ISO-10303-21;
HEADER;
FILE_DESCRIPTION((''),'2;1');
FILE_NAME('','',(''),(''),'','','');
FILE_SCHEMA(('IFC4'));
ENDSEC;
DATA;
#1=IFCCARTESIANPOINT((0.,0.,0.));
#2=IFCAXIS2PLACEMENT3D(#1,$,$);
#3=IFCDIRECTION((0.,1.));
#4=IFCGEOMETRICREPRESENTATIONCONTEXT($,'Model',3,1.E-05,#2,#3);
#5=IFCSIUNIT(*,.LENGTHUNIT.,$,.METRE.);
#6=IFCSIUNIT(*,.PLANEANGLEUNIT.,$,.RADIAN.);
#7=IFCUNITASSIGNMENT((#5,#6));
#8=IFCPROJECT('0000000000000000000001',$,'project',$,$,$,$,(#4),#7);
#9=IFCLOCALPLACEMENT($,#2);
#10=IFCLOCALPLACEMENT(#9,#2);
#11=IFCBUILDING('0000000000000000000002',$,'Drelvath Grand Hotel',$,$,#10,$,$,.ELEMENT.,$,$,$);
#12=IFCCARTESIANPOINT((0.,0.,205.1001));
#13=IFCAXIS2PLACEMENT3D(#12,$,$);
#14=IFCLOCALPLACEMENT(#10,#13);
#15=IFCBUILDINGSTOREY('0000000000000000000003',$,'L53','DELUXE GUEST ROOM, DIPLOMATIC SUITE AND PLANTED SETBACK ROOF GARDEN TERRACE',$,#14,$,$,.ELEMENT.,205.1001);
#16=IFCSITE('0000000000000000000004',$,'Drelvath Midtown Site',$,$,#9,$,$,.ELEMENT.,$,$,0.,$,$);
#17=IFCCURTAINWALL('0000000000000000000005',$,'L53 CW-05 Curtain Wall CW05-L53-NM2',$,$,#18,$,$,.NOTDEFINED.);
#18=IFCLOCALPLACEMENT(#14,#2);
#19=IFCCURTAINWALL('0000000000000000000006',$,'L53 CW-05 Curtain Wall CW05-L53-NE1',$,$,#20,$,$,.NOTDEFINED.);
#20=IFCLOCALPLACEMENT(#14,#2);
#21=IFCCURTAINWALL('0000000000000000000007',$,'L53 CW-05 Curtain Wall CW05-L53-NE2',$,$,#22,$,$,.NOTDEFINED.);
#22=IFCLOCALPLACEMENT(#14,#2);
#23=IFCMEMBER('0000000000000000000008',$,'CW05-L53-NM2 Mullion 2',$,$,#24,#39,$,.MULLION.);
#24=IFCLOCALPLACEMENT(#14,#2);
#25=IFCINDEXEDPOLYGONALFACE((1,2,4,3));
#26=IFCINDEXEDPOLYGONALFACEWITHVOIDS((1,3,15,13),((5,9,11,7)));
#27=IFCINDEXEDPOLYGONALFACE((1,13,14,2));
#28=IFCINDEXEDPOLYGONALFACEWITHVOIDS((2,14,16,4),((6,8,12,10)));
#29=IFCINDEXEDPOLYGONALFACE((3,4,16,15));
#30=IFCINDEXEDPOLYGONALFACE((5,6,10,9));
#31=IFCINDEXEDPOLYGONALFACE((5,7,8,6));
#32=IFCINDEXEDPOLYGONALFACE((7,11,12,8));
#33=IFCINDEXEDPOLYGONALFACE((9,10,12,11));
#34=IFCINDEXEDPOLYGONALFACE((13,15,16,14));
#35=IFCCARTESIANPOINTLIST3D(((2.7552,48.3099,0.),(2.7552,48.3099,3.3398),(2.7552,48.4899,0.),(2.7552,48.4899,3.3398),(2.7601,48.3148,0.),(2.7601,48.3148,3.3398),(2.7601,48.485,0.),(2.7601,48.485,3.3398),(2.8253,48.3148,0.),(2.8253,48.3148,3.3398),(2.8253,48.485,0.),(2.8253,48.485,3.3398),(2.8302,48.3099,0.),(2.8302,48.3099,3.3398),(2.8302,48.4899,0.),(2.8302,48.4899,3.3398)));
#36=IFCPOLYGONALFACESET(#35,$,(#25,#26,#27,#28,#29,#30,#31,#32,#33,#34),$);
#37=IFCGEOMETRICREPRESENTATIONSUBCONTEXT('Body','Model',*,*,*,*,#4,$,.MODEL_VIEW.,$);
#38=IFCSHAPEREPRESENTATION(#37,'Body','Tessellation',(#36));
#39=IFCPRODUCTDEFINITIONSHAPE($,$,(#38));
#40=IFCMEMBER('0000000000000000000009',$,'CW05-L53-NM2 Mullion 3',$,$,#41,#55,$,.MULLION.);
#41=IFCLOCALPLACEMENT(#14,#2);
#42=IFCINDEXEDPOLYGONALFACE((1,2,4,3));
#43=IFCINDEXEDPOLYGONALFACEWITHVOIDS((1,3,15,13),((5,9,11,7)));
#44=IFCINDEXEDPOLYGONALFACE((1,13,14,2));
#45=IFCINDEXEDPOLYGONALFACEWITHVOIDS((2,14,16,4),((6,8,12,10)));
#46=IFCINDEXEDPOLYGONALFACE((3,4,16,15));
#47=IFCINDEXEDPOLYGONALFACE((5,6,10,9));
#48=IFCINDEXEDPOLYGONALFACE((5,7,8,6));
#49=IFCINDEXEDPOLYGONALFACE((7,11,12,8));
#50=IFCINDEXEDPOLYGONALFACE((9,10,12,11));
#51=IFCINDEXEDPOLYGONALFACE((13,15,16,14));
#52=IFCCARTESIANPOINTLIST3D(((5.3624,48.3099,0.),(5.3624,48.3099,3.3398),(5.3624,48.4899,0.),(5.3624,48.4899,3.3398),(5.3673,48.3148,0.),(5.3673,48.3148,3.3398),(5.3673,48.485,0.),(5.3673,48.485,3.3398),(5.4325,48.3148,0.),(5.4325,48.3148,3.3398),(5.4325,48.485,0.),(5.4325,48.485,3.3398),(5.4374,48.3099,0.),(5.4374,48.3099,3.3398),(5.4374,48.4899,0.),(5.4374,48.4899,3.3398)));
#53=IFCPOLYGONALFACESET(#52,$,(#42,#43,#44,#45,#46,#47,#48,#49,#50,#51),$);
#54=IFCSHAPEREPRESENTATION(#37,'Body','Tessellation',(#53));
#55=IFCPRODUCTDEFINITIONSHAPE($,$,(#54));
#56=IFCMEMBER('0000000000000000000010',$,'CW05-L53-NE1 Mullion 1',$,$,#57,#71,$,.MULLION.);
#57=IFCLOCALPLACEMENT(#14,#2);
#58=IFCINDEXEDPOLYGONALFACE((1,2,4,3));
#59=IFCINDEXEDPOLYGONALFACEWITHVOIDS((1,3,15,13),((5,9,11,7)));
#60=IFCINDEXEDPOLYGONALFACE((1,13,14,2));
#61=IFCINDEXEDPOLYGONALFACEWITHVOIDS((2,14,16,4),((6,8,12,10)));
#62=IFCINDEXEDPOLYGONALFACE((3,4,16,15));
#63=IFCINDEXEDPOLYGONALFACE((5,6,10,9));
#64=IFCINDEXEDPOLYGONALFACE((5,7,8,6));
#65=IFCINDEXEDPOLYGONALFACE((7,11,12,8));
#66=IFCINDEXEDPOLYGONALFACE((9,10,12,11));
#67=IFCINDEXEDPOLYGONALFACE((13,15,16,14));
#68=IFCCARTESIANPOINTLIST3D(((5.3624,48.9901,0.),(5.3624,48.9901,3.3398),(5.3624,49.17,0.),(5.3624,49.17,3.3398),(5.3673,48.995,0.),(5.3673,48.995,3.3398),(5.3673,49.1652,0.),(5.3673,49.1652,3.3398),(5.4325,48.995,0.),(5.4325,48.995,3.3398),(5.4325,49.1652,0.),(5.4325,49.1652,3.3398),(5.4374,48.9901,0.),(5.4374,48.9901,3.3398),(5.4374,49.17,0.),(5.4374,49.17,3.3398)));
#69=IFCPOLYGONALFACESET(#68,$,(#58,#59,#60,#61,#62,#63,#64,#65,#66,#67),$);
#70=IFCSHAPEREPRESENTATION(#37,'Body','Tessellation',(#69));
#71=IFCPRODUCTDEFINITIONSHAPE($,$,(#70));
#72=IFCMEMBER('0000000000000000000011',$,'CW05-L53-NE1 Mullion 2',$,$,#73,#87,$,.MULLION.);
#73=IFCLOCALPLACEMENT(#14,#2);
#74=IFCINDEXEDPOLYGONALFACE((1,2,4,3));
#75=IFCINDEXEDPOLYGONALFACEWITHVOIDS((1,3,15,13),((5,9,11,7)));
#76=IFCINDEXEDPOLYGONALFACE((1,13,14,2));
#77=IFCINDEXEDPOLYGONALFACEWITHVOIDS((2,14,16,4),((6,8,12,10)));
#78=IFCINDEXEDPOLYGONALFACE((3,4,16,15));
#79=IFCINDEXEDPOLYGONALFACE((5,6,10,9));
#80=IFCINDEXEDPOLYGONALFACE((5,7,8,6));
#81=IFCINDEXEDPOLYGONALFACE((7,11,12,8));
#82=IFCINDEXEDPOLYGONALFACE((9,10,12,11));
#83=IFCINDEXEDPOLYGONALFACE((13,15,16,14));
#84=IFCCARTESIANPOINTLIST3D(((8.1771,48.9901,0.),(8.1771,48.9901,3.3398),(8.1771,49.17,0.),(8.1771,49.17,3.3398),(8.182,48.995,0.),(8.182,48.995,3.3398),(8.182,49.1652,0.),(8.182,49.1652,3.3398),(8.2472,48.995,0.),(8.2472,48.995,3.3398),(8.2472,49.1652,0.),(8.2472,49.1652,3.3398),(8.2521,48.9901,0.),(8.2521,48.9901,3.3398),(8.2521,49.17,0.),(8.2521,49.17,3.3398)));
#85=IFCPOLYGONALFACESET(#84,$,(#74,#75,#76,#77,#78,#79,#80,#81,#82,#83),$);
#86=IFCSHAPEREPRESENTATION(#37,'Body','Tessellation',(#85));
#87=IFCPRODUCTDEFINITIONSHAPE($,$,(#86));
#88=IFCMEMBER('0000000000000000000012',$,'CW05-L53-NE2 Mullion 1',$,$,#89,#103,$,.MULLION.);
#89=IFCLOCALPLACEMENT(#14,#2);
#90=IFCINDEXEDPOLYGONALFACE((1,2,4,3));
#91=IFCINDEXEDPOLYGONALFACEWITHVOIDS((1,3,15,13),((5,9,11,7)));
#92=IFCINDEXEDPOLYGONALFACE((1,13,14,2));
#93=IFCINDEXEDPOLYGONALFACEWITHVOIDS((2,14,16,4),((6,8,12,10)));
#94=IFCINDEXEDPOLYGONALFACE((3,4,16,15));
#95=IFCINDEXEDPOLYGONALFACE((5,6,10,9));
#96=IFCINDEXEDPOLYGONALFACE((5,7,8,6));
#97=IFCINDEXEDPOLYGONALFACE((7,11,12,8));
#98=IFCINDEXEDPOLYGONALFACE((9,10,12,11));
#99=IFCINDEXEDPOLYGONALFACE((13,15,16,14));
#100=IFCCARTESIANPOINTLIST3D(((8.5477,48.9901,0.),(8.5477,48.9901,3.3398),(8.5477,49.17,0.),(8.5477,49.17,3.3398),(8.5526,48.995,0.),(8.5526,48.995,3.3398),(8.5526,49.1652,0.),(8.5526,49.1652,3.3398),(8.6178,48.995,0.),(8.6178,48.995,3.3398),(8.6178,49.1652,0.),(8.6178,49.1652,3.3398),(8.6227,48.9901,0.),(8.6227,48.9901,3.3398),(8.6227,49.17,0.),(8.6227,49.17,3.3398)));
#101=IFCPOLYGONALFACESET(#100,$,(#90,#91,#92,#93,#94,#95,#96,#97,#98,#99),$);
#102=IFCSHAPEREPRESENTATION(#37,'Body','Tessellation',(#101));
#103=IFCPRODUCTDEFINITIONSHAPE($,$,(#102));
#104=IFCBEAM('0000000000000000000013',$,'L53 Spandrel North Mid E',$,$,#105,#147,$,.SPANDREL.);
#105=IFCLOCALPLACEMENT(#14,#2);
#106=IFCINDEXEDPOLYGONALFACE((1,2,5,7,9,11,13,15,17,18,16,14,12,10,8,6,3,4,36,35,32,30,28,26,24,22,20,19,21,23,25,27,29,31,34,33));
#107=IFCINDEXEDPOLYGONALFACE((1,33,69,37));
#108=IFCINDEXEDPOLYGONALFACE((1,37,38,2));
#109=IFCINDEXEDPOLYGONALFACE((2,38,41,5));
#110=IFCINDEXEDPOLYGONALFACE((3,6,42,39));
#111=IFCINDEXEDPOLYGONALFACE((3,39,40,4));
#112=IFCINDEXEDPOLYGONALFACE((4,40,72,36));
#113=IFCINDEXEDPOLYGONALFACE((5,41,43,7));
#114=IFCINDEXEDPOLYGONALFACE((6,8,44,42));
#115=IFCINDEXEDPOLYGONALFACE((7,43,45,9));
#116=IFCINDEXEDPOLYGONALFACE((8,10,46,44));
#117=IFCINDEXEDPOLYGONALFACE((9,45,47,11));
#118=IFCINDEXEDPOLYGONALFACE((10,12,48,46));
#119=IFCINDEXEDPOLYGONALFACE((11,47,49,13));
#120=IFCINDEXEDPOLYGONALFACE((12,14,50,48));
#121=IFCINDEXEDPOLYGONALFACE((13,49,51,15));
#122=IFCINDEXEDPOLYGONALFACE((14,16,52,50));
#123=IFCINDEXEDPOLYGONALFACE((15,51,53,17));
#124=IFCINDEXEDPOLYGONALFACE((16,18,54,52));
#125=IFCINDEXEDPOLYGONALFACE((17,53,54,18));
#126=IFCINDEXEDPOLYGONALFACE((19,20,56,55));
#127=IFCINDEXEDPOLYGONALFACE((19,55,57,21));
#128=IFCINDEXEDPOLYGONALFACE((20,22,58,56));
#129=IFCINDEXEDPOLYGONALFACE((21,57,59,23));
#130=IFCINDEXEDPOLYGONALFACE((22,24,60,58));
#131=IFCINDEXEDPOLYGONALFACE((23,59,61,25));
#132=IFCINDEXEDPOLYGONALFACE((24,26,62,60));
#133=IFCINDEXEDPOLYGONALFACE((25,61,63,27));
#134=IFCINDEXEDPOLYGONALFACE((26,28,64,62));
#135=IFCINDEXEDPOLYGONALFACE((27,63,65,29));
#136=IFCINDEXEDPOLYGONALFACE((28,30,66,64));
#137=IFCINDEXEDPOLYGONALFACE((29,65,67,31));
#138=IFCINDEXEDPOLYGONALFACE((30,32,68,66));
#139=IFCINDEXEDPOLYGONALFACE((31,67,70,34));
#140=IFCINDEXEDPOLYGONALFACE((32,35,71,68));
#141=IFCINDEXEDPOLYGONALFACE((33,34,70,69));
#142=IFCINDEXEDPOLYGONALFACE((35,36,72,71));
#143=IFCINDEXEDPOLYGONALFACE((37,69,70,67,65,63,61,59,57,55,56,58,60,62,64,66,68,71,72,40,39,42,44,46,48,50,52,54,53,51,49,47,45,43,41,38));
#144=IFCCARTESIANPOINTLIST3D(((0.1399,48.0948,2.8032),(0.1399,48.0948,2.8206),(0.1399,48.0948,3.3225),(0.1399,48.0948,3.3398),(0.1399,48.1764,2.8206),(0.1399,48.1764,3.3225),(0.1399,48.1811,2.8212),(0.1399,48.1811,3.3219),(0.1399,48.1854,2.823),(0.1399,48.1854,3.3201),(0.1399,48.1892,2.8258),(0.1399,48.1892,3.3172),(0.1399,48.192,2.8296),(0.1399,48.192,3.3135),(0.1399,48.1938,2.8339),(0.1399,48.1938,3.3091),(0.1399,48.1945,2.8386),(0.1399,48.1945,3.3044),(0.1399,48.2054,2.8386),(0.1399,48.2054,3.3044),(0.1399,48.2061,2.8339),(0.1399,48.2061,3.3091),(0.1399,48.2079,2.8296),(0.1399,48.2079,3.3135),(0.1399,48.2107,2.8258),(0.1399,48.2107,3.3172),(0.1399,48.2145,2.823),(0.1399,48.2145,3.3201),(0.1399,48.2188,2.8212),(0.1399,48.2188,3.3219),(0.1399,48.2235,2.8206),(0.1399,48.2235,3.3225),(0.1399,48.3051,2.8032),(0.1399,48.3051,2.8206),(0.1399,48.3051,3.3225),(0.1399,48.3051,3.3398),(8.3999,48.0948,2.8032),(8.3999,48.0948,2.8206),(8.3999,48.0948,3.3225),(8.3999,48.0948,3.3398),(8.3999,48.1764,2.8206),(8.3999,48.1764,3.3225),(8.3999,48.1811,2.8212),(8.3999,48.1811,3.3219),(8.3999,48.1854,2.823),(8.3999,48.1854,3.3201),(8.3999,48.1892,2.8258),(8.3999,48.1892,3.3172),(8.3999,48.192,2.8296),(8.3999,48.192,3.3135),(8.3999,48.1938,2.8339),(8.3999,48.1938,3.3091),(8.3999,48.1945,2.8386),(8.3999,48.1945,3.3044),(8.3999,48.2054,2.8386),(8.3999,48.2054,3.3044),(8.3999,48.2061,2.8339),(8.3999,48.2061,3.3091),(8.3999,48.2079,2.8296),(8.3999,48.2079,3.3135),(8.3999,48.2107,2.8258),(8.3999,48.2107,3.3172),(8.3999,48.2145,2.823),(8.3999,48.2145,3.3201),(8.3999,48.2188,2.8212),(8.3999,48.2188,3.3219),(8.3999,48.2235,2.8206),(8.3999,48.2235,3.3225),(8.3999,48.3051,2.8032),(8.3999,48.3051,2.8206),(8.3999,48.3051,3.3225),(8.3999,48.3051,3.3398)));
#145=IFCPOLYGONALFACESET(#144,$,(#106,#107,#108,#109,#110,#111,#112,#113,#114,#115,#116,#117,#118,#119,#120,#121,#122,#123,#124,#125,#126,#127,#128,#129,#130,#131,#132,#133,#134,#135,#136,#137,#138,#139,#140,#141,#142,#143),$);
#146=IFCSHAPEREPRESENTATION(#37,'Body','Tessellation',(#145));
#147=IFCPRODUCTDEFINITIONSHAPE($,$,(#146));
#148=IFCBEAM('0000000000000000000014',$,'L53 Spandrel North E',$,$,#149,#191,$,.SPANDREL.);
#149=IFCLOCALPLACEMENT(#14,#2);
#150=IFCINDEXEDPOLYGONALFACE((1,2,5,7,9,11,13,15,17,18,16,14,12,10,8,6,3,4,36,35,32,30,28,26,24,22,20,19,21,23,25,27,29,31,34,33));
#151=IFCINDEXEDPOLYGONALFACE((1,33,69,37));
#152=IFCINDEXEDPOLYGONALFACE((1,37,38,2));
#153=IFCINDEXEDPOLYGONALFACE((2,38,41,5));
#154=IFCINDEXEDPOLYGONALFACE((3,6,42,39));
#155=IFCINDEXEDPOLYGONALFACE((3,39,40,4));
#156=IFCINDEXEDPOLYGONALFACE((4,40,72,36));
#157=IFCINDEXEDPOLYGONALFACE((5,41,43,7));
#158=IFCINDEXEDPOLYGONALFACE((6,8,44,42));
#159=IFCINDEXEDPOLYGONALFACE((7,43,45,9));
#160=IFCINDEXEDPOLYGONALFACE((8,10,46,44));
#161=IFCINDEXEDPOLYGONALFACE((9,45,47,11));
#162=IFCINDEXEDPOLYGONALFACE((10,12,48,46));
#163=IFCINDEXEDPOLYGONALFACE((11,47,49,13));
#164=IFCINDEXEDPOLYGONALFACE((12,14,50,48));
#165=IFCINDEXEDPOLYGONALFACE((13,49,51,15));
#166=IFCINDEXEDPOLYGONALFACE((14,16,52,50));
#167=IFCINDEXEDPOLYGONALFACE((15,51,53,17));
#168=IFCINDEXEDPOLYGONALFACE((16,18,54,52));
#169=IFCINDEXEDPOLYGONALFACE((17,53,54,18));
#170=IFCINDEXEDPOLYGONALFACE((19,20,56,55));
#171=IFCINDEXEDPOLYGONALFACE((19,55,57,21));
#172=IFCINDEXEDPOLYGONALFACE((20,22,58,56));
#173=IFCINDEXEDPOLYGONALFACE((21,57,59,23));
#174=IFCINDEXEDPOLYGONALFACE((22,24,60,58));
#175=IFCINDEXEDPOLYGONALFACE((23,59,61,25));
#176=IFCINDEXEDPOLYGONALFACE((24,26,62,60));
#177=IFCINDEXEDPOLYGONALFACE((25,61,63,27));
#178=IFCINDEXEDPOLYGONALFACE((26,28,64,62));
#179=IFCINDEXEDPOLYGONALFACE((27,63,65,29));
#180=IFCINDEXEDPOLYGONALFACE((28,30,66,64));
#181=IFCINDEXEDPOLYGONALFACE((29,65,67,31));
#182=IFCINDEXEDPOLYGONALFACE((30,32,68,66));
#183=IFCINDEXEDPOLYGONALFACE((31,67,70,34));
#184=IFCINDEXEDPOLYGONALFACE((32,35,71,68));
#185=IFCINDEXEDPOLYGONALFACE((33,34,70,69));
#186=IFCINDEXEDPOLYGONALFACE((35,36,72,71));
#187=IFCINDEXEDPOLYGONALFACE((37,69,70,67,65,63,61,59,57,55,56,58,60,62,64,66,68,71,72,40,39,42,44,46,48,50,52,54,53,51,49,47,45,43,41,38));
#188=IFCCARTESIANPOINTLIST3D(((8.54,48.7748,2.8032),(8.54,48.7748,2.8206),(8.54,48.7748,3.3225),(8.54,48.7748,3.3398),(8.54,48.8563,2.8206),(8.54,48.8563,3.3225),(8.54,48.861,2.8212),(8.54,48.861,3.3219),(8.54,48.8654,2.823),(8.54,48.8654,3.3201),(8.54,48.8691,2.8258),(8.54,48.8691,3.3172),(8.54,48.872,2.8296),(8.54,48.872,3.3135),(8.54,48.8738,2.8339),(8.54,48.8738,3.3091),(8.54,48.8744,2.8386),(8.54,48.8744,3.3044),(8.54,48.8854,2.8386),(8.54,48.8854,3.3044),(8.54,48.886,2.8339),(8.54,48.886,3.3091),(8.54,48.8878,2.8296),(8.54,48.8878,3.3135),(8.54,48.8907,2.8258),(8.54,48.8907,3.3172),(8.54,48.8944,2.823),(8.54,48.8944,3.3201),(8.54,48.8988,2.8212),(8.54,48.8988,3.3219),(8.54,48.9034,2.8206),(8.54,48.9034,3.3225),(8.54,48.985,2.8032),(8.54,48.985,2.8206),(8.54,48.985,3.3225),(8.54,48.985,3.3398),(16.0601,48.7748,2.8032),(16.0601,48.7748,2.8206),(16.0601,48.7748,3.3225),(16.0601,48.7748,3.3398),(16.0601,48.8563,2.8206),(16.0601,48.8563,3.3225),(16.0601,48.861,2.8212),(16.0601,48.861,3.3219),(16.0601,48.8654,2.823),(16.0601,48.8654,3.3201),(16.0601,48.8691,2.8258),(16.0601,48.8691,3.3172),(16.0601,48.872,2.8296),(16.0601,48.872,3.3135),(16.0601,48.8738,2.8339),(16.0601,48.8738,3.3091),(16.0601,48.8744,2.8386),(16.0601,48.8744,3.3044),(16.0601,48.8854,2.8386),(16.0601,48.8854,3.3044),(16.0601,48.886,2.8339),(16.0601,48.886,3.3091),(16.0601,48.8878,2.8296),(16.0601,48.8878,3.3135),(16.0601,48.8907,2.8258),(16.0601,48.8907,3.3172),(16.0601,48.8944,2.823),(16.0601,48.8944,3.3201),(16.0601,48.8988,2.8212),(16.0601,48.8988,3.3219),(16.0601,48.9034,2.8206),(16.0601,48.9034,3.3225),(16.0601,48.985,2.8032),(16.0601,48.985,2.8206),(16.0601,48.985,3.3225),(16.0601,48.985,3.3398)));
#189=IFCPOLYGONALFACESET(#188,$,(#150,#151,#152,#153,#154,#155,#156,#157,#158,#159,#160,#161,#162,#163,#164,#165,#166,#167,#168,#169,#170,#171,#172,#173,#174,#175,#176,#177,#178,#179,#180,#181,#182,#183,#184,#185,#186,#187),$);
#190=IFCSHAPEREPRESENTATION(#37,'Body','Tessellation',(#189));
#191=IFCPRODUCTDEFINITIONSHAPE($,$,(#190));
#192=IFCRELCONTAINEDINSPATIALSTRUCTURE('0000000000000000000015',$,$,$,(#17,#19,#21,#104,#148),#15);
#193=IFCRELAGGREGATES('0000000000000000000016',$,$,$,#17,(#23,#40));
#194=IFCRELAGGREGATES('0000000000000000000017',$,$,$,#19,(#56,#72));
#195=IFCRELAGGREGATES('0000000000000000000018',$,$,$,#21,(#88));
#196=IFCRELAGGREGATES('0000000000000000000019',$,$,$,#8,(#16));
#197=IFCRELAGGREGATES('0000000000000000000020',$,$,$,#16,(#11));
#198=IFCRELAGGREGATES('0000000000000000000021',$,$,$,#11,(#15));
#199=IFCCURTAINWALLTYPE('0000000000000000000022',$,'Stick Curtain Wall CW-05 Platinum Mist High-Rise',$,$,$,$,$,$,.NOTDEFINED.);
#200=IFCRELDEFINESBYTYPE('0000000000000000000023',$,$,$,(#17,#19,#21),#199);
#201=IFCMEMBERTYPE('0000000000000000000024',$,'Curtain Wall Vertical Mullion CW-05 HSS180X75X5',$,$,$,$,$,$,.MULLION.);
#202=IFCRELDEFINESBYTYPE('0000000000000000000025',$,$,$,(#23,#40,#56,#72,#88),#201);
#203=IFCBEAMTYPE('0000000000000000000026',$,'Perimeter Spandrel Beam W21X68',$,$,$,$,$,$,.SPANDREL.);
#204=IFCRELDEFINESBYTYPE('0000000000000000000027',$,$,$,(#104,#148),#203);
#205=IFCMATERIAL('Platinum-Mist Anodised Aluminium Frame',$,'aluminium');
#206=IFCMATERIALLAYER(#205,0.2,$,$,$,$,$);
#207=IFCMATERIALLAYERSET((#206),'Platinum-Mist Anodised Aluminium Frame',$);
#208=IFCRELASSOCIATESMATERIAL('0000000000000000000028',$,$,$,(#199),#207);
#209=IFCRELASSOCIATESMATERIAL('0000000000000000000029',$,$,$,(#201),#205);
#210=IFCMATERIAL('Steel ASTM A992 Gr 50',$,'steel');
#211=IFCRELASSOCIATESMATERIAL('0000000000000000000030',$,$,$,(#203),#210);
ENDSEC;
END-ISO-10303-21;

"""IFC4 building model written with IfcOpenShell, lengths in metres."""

from ifc_helpers import new_model, si_unit, direction, frame, origin, origin_2d, place, context, subcontext, project, spatial, hollow_rectangle, i_section, extrude, material, layer, layer_set, material_profile, profile_set, type_object, element, aggregate, save


model = new_model("IFC4")

# Units and contexts
model_context = context("Model", 3, precision=1e-05, world=origin(), true_north=direction((0.0, 1.0)))
body_context = subcontext(model_context, "Body", "Model", "MODEL_VIEW")
ifc_project = project(units=[si_unit("LENGTHUNIT", "METRE"), si_unit("PLANEANGLEUNIT", "RADIAN")], contexts=[model_context])

# Site, building, storey
site_placement = place(None, origin())
site = spatial("IfcSite", under=ifc_project, at=site_placement, Name="Drelvath Midtown Site", CompositionType="ELEMENT", RefElevation=0.0)
building_placement = place(site_placement, origin())
building = spatial("IfcBuilding", under=site, at=building_placement, Name="Drelvath Grand Hotel", CompositionType="ELEMENT")
storey_placement = place(building_placement, frame((0.0, 0.0, 205.1001)))
storey = spatial("IfcBuildingStorey", under=building, at=storey_placement, Name="L53", Description="DELUXE GUEST ROOM, DIPLOMATIC SUITE AND PLANTED SETBACK ROOF GARDEN TERRACE", CompositionType="ELEMENT", Elevation=205.1001)

# Curtain walls
ifc_material_1 = material(Name="Platinum-Mist Anodised Aluminium Frame", Category="aluminium")
ifc_layer_1 = layer(ifc_material_1, 0.2)
ifc_layer_set_1 = layer_set([ifc_layer_1], Name="Platinum-Mist Anodised Aluminium Frame")
curtain_wall_type = type_object("IfcCurtainWallType", Name="Stick Curtain Wall CW-05 Platinum Mist High-Rise", PredefinedType="NOTDEFINED", material=ifc_layer_set_1)
curtain_wall_1_placement = place(storey_placement, origin())
curtain_wall_1 = element("IfcCurtainWall", 1, at=curtain_wall_1_placement, inside=storey, type_object=curtain_wall_type, Name="L53 CW-05 Curtain Wall CW05-L53-NM2", PredefinedType="NOTDEFINED")
curtain_wall_2_placement = place(storey_placement, origin())
curtain_wall_2 = element("IfcCurtainWall", 2, at=curtain_wall_2_placement, inside=storey, type_object=curtain_wall_type, Name="L53 CW-05 Curtain Wall CW05-L53-NE1", PredefinedType="NOTDEFINED")
curtain_wall_3_placement = place(storey_placement, origin())
curtain_wall_3 = element("IfcCurtainWall", 3, at=curtain_wall_3_placement, inside=storey, type_object=curtain_wall_type, Name="L53 CW-05 Curtain Wall CW05-L53-NE2", PredefinedType="NOTDEFINED")
ifc_material_profile_1 = material_profile(ifc_material_1, hollow_rectangle(XDim=0.075, YDim=0.1799, WallThickness=0.0049, at=origin_2d()), Name="HSS180X75X5")
ifc_profile_set_1 = profile_set([ifc_material_profile_1], Name="Platinum-Mist Anodised Aluminium Frame")
member_type_1 = type_object("IfcMemberType", Name="Curtain Wall Vertical Mullion CW-05 HSS180X75X5", PredefinedType="MULLION", material=ifc_profile_set_1)

# Members
member_1_placement = place(storey_placement, frame((2.7927, 48.3999, 0.0), z_axis=(0.0, 0.0, 1.0), x_axis=(1.0, 0.0, 0.0)))
member_1 = element("IfcMember", 4, at=member_1_placement, type_object=member_type_1, Name="CW05-L53-NM2 Mullion 2", PredefinedType="MULLION", context=body_context, shape_type="SweptSolid", body=[
    extrude(hollow_rectangle(XDim=0.075, YDim=0.1799, WallThickness=0.0049, at=origin_2d()), origin(), (0.0, 0.0, 1.0), 3.3398),
])
member_2_placement = place(storey_placement, frame((5.3999, 48.3999, 0.0), z_axis=(0.0, 0.0, 1.0), x_axis=(1.0, 0.0, 0.0)))
member_2 = element("IfcMember", 5, at=member_2_placement, type_object=member_type_1, Name="CW05-L53-NM2 Mullion 3", PredefinedType="MULLION", context=body_context, shape_type="SweptSolid", body=[
    extrude(hollow_rectangle(XDim=0.075, YDim=0.1799, WallThickness=0.0049, at=origin_2d()), origin(), (0.0, 0.0, 1.0), 3.3398),
])
member_3_placement = place(storey_placement, frame((5.3999, 49.0801, 0.0), z_axis=(0.0, 0.0, 1.0), x_axis=(1.0, 0.0, 0.0)))
member_3 = element("IfcMember", 6, at=member_3_placement, type_object=member_type_1, Name="CW05-L53-NE1 Mullion 1", PredefinedType="MULLION", context=body_context, shape_type="SweptSolid", body=[
    extrude(hollow_rectangle(XDim=0.075, YDim=0.1799, WallThickness=0.0049, at=origin_2d()), origin(), (0.0, 0.0, 1.0), 3.3398),
])
member_4_placement = place(storey_placement, frame((8.2146, 49.0801, 0.0), z_axis=(0.0, 0.0, 1.0), x_axis=(1.0, 0.0, 0.0)))
member_4 = element("IfcMember", 7, at=member_4_placement, type_object=member_type_1, Name="CW05-L53-NE1 Mullion 2", PredefinedType="MULLION", context=body_context, shape_type="SweptSolid", body=[
    extrude(hollow_rectangle(XDim=0.075, YDim=0.1799, WallThickness=0.0049, at=origin_2d()), origin(), (0.0, 0.0, 1.0), 3.3398),
])
member_5_placement = place(storey_placement, frame((8.5852, 49.0801, 0.0), z_axis=(0.0, 0.0, 1.0), x_axis=(1.0, 0.0, 0.0)))
member_5 = element("IfcMember", 8, at=member_5_placement, type_object=member_type_1, Name="CW05-L53-NE2 Mullion 1", PredefinedType="MULLION", context=body_context, shape_type="SweptSolid", body=[
    extrude(hollow_rectangle(XDim=0.075, YDim=0.1799, WallThickness=0.0049, at=origin_2d()), origin(), (0.0, 0.0, 1.0), 3.3398),
])

# Beams
ifc_material_2 = material(Name="Steel ASTM A992 Gr 50", Category="steel")
ifc_material_profile_2 = material_profile(ifc_material_2, i_section(OverallWidth=0.2102, OverallDepth=0.5366, WebThickness=0.011, FlangeThickness=0.0173, FilletRadius=0.0181, at=origin_2d()), Name="W21X68")
ifc_profile_set_2 = profile_set([ifc_material_profile_2], Name="Steel ASTM A992 Gr 50")
beam_type_1 = type_object("IfcBeamType", Name="Perimeter Spandrel Beam W21X68", PredefinedType="SPANDREL", material=ifc_profile_set_2)
beam_1_placement = place(storey_placement, frame((0.1399, 48.2, 3.0715), z_axis=(1.0, 0.0, 0.0), x_axis=(0.0, 1.0, 0.0)))
element("IfcBeam", 9, at=beam_1_placement, inside=storey, type_object=beam_type_1, Name="L53 Spandrel North Mid E", PredefinedType="SPANDREL", context=body_context, shape_type="SweptSolid", body=[
    extrude(i_section(OverallWidth=0.2102, OverallDepth=0.5366, WebThickness=0.011, FlangeThickness=0.0173, FilletRadius=0.0181, at=origin_2d()), origin(), (0.0, 0.0, 1.0), 8.26),
])
beam_2_placement = place(storey_placement, frame((8.54, 48.8799, 3.0715), z_axis=(1.0, 0.0, 0.0), x_axis=(0.0, 1.0, 0.0)))
element("IfcBeam", 10, at=beam_2_placement, inside=storey, type_object=beam_type_1, Name="L53 Spandrel North E", PredefinedType="SPANDREL", context=body_context, shape_type="SweptSolid", body=[
    extrude(i_section(OverallWidth=0.2102, OverallDepth=0.5366, WebThickness=0.011, FlangeThickness=0.0173, FilletRadius=0.0181, at=origin_2d()), origin(), (0.0, 0.0, 1.0), 7.52),
])

aggregate(curtain_wall_1, [member_1, member_2])
aggregate(curtain_wall_2, [member_3, member_4])
aggregate(curtain_wall_3, [member_5])

save(model, "model.ifc")
